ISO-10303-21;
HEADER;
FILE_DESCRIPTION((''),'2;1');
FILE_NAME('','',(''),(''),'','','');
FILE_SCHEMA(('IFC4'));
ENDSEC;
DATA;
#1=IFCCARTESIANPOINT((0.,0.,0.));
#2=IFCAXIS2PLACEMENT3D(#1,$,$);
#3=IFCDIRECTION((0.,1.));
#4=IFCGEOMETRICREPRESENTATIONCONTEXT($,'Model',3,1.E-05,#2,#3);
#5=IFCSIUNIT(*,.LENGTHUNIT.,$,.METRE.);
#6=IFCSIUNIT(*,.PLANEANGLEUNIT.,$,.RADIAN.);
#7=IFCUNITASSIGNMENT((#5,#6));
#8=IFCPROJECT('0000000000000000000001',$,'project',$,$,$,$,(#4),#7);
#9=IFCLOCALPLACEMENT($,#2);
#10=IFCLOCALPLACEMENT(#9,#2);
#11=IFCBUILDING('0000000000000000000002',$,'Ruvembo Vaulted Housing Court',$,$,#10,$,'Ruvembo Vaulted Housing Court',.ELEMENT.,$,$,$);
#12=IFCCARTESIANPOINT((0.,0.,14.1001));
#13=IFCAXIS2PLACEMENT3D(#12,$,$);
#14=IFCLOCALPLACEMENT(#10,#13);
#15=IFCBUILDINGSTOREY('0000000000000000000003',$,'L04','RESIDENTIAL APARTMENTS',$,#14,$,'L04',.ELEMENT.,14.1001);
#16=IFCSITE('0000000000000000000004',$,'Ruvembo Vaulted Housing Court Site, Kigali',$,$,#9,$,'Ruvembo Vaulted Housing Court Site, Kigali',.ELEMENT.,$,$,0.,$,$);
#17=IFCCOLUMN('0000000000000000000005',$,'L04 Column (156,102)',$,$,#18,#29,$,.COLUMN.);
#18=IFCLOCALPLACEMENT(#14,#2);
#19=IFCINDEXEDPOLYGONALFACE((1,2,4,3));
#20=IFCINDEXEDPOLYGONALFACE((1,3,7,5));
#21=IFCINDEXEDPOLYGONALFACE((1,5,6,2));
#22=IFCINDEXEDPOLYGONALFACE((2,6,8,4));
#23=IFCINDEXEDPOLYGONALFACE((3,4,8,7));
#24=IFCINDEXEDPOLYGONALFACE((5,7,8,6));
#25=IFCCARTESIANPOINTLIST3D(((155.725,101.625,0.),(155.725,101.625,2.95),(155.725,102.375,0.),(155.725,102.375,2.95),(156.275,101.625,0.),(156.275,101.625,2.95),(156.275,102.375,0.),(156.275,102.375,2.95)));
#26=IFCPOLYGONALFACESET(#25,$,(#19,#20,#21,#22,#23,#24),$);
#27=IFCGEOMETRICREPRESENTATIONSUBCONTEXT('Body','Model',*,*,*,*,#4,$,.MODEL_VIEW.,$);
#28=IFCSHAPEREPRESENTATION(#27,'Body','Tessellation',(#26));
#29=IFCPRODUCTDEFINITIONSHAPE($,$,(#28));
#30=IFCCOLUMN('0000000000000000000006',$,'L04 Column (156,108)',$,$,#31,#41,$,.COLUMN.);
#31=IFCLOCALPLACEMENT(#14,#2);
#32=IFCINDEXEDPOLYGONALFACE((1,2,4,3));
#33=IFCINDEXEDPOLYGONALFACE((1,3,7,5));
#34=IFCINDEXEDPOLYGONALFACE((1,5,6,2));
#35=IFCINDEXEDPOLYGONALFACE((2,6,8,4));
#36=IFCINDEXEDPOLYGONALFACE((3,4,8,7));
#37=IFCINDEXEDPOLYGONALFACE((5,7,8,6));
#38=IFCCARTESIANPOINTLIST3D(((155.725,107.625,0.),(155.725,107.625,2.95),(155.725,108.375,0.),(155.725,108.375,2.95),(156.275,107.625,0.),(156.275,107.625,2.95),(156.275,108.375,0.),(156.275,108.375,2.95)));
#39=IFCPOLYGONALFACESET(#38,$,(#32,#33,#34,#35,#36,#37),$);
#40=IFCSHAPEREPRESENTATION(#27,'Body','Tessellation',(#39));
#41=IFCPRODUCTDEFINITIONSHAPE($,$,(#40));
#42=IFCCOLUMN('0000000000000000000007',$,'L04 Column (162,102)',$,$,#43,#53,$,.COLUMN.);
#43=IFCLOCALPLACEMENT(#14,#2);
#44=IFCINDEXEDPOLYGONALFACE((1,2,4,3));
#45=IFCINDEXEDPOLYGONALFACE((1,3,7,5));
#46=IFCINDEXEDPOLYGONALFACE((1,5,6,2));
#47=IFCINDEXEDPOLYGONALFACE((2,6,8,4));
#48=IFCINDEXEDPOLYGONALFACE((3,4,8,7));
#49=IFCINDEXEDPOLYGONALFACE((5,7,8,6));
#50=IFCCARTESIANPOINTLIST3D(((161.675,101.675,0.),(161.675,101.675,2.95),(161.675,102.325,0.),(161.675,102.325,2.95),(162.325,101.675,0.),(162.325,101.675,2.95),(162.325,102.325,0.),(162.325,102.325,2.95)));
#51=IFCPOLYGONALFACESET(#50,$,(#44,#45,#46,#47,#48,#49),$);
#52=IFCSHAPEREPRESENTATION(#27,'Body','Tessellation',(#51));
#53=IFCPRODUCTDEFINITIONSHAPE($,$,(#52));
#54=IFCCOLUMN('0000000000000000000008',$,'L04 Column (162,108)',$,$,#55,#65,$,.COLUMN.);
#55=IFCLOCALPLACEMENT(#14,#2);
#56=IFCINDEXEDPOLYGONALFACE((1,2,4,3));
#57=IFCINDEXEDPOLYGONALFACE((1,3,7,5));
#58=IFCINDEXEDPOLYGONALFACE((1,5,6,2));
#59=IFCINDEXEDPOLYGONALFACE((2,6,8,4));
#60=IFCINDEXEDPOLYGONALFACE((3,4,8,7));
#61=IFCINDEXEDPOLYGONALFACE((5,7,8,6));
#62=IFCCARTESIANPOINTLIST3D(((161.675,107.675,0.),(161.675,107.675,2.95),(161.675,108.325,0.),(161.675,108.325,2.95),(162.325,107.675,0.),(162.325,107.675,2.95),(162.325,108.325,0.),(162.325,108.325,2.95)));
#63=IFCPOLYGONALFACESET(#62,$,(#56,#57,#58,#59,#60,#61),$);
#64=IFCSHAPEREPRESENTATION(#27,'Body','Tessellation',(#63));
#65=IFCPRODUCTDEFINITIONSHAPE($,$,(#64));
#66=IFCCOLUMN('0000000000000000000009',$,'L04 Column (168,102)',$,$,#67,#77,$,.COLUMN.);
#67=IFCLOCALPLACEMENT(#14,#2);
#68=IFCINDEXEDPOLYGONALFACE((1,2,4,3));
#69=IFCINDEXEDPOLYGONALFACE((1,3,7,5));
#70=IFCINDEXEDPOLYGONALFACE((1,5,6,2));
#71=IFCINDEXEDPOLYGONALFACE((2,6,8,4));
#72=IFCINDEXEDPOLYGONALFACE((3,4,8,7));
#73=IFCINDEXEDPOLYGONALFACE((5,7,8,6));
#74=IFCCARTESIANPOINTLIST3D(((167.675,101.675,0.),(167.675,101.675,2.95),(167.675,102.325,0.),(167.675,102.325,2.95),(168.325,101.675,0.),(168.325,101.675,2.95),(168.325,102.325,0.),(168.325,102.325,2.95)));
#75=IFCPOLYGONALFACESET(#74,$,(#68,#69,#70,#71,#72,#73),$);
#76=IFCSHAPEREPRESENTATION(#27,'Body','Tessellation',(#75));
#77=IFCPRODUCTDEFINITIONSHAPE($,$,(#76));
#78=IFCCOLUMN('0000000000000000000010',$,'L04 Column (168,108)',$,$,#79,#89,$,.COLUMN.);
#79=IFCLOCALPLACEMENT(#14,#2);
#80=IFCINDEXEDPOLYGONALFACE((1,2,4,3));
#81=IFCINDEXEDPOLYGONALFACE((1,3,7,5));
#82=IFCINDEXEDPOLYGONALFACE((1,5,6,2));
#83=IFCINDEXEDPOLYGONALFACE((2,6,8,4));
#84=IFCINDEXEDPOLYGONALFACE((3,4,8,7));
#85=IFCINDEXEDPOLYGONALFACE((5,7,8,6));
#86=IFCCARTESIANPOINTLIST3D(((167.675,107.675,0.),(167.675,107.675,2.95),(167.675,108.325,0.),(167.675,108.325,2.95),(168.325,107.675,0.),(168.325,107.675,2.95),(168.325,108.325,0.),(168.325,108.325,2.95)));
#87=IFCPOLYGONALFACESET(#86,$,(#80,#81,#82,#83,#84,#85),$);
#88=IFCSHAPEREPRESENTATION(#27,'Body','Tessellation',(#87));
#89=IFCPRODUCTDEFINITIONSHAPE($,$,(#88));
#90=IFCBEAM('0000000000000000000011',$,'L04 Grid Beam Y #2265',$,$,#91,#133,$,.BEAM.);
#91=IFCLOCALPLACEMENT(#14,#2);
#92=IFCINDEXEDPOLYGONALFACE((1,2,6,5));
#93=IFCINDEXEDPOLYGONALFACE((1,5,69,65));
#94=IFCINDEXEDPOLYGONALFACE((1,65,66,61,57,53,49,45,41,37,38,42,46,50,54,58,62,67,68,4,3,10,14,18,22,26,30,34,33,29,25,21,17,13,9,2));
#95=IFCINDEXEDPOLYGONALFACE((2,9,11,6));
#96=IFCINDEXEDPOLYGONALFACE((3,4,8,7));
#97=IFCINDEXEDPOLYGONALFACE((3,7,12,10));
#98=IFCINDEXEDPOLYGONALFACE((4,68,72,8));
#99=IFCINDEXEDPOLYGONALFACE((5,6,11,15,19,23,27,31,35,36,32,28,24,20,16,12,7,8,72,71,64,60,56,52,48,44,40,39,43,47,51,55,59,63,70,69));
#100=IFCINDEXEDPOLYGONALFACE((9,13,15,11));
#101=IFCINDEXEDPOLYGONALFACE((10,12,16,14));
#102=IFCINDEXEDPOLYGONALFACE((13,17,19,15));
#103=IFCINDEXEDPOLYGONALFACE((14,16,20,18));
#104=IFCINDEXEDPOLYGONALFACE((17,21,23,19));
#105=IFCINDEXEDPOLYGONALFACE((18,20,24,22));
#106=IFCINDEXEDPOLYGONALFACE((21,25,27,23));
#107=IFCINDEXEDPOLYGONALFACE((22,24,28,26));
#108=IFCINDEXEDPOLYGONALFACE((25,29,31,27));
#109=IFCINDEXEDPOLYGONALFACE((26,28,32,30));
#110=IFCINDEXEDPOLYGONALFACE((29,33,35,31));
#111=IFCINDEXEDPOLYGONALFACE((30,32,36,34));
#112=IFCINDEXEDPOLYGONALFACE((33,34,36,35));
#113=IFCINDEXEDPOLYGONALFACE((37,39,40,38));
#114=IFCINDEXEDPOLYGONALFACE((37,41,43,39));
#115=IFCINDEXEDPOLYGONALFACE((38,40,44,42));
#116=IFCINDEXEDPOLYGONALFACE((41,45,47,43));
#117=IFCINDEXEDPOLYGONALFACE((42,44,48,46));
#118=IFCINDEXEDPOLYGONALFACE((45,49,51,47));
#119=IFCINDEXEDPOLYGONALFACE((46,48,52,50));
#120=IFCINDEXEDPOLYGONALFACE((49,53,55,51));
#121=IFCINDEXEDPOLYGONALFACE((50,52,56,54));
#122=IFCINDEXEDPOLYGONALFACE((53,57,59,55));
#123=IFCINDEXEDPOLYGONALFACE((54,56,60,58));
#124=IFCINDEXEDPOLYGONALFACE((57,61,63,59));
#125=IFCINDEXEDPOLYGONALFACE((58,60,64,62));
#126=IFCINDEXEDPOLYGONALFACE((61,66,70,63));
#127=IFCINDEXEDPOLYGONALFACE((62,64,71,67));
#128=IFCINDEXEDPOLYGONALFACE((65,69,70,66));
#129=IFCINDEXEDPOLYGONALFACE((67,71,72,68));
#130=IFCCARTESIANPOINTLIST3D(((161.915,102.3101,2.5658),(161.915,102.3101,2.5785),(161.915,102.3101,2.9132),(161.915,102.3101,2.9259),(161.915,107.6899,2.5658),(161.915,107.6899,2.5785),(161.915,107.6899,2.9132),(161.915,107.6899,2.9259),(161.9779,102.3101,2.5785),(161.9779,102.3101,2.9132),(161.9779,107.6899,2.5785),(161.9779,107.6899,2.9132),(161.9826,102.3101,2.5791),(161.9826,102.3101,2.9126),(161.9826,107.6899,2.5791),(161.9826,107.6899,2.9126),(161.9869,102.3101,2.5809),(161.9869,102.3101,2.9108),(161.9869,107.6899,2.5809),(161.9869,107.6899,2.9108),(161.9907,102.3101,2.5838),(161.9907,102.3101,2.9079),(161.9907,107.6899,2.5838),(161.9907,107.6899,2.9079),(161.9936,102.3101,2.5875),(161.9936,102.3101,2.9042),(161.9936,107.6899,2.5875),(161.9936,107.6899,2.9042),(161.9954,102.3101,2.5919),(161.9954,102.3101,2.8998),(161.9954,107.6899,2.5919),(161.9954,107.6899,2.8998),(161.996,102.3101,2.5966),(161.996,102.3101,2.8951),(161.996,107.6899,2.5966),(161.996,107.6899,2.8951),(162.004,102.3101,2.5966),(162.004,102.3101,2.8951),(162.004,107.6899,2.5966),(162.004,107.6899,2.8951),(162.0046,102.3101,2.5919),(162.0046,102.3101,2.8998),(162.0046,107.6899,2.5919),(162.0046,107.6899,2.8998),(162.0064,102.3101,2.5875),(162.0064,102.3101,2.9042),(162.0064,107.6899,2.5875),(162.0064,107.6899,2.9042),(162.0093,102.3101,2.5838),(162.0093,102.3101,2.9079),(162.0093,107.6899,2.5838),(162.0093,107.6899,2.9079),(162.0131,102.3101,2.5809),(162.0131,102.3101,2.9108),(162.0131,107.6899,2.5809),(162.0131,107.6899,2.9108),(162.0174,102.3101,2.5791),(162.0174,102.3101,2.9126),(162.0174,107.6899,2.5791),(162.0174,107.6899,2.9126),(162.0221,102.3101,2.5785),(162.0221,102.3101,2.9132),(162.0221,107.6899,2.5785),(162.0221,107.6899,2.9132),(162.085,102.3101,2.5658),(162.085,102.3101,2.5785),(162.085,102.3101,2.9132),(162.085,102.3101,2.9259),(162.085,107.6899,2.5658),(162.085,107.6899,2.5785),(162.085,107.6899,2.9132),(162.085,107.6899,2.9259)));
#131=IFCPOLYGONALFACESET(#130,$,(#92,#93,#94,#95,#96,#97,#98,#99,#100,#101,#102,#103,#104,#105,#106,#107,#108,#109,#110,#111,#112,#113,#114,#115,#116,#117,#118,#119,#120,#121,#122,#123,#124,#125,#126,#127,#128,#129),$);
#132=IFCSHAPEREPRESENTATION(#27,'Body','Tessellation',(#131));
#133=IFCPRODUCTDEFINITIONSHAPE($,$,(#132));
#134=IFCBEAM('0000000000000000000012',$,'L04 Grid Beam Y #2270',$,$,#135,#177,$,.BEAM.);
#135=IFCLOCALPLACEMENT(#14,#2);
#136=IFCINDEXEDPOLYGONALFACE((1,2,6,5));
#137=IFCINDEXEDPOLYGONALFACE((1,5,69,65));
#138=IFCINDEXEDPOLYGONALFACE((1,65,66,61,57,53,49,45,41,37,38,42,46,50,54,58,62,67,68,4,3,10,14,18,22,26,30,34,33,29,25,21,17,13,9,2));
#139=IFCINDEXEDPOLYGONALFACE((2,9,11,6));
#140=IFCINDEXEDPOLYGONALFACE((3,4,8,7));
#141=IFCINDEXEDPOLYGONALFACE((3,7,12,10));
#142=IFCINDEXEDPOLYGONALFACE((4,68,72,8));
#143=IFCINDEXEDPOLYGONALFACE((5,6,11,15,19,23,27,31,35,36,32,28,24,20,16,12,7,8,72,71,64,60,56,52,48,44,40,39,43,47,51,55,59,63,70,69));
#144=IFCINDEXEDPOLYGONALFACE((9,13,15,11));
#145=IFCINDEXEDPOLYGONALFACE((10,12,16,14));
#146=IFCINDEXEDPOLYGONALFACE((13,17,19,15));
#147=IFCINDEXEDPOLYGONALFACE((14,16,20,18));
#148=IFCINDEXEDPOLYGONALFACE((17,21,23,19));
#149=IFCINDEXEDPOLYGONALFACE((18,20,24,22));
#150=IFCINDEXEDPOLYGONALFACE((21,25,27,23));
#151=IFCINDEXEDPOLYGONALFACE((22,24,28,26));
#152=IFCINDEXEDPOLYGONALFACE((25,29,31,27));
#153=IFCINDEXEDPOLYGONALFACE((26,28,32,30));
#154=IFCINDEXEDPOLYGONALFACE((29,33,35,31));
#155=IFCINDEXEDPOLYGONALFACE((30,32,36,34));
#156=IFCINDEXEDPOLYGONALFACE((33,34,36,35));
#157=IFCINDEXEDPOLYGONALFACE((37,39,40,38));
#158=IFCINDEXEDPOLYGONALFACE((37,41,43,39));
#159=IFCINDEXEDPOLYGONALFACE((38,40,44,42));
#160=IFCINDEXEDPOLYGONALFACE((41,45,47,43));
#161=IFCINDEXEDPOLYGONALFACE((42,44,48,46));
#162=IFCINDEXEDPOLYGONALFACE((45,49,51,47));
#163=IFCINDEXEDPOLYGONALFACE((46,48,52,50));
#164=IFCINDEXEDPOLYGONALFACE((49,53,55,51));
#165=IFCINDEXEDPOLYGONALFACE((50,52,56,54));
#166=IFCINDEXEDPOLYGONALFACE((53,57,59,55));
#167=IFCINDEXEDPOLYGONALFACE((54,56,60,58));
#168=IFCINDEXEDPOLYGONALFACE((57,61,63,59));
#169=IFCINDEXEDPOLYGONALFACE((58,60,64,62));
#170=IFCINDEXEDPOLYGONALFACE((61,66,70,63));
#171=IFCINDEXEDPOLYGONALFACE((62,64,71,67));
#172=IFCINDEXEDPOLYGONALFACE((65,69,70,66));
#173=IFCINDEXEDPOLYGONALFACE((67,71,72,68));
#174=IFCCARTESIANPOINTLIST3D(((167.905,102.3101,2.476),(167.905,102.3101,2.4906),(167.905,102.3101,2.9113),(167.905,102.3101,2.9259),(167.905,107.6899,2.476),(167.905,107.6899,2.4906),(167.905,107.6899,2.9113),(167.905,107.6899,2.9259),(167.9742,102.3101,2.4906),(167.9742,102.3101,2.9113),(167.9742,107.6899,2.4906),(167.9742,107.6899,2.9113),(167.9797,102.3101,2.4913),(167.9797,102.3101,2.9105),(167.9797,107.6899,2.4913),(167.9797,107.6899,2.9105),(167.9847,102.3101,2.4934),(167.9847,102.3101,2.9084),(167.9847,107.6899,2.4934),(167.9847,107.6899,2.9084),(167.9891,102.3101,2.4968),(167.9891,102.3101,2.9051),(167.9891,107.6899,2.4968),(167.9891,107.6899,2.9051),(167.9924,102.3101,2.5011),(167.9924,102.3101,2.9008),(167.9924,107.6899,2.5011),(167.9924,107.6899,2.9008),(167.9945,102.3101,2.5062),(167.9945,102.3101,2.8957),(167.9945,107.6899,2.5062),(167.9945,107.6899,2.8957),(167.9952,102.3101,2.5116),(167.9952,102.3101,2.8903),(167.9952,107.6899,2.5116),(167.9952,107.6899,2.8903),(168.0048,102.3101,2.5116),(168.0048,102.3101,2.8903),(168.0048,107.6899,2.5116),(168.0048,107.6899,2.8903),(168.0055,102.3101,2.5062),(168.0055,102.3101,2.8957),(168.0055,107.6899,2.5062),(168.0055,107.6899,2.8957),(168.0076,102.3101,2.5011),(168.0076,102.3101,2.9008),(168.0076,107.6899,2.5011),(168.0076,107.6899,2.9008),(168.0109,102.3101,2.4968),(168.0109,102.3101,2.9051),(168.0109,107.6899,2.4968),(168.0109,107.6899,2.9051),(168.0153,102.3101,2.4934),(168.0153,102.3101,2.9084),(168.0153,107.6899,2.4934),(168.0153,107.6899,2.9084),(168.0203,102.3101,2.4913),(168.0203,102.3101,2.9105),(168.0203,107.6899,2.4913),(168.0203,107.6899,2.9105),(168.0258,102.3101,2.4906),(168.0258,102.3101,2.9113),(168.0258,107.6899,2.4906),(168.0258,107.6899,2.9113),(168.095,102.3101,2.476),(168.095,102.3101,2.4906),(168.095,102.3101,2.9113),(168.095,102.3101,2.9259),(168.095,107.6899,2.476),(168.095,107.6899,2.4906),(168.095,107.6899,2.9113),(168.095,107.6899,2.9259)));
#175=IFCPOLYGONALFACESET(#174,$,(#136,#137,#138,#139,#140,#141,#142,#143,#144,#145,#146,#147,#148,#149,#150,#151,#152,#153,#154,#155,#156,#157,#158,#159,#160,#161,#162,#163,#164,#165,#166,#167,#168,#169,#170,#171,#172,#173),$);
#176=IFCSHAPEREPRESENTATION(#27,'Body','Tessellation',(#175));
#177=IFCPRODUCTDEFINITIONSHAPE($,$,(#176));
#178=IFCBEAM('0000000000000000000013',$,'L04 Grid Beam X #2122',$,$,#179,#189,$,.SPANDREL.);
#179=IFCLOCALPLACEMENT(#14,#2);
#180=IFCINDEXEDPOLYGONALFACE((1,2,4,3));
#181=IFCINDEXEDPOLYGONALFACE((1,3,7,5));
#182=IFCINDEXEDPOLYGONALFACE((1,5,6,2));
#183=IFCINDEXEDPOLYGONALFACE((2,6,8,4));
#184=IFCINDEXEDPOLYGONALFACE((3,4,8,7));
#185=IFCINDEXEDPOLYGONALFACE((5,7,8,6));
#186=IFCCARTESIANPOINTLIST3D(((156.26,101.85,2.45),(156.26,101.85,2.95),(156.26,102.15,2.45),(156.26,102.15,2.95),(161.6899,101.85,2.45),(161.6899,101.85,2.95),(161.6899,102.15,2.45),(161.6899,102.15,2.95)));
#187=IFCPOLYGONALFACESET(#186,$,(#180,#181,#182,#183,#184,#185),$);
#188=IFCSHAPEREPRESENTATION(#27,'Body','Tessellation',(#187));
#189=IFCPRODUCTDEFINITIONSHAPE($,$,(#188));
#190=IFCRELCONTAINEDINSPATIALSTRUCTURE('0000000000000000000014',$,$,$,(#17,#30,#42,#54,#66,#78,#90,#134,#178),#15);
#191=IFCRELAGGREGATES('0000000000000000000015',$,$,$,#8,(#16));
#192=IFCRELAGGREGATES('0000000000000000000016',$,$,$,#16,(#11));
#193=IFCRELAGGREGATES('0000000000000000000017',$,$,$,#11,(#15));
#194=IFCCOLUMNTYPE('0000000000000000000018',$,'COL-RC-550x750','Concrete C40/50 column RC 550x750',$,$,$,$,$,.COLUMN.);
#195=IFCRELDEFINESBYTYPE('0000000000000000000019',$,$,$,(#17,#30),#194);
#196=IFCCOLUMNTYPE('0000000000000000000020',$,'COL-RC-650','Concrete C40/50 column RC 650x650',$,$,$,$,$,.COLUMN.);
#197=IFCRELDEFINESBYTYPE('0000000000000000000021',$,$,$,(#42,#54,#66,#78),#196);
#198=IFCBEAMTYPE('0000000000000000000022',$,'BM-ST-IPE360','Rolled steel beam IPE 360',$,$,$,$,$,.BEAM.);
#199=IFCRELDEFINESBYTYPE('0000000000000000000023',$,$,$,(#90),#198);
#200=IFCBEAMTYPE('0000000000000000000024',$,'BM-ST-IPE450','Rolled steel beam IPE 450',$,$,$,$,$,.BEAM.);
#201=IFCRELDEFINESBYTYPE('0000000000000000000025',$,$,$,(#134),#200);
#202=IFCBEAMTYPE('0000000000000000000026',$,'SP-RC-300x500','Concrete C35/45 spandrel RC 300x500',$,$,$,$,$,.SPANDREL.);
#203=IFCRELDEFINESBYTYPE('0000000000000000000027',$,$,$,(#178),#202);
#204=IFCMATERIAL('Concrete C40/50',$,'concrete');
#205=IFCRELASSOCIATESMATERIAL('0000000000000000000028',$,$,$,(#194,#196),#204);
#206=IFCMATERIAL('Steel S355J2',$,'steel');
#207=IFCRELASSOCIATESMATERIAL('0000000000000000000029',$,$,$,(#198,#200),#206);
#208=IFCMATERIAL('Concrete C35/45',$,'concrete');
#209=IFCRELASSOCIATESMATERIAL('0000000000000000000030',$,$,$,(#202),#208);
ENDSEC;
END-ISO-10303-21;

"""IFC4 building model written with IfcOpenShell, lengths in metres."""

from ifc_helpers import new_model, si_unit, direction, frame, origin, origin_2d, place, context, subcontext, project, spatial, rectangle, i_section, extrude, material, material_profile, profile_set, type_object, element, save


model = new_model("IFC4")

# Units and contexts
model_context = context("Model", 3, precision=1e-05, world=origin(), true_north=direction((0.0, 1.0)))
body_context = subcontext(model_context, "Body", "Model", "MODEL_VIEW")
ifc_project = project(units=[si_unit("LENGTHUNIT", "METRE"), si_unit("PLANEANGLEUNIT", "RADIAN")], contexts=[model_context])

# Site, building, storey
site_placement = place(None, origin())
site = spatial("IfcSite", under=ifc_project, at=site_placement, Name="Ruvembo Vaulted Housing Court Site, Kigali", LongName="Ruvembo Vaulted Housing Court Site, Kigali", CompositionType="ELEMENT", RefElevation=0.0)
building_placement = place(site_placement, origin())
building = spatial("IfcBuilding", under=site, at=building_placement, Name="Ruvembo Vaulted Housing Court", LongName="Ruvembo Vaulted Housing Court", CompositionType="ELEMENT")
storey_placement = place(building_placement, frame((0.0, 0.0, 14.1001)))
storey = spatial("IfcBuildingStorey", under=building, at=storey_placement, Name="L04", Description="RESIDENTIAL APARTMENTS", LongName="L04", CompositionType="ELEMENT", Elevation=14.1001)

# Columns
ifc_material_1 = material(Name="Concrete C40/50", Category="concrete")
ifc_material_profile_1 = material_profile(ifc_material_1, rectangle(XDim=0.55, YDim=0.75, at=origin_2d()), Name="RC 550x750")
ifc_profile_set_1 = profile_set([ifc_material_profile_1], Name="Concrete C40/50")
column_type_1 = type_object("IfcColumnType", Name="COL-RC-550x750", Description="Concrete C40/50 column RC 550x750", PredefinedType="COLUMN", material=ifc_profile_set_1)
for number, where, z_axis, x_axis, name in (
    (1, (156.0, 102.0, 0.0), (0.0, 0.0, 1.0), (1.0, 0.0, 0.0), "L04 Column (156,102)"),
    (2, (156.0, 108.0, 0.0), (0.0, 0.0, 1.0), (1.0, 0.0, 0.0), "L04 Column (156,108)"),
):
    element("IfcColumn", number, at=place(storey_placement, frame(where, z_axis=z_axis, x_axis=x_axis)), inside=storey, type_object=column_type_1, Name=name, PredefinedType="COLUMN", context=body_context, shape_type="SweptSolid", body=[
        extrude(rectangle(XDim=0.55, YDim=0.75, at=origin_2d()), origin(), (0.0, 0.0, 1.0), 2.95),
    ])
ifc_material_profile_2 = material_profile(ifc_material_1, rectangle(XDim=0.6499, YDim=0.6499, at=origin_2d()), Name="RC 650x650")
ifc_profile_set_2 = profile_set([ifc_material_profile_2], Name="Concrete C40/50")
column_type_2 = type_object("IfcColumnType", Name="COL-RC-650", Description="Concrete C40/50 column RC 650x650", PredefinedType="COLUMN", material=ifc_profile_set_2)
for number, where, z_axis, x_axis, name in (
    (3, (162.0, 102.0, 0.0), (0.0, 0.0, 1.0), (1.0, 0.0, 0.0), "L04 Column (162,102)"),
    (4, (162.0, 108.0, 0.0), (0.0, 0.0, 1.0), (1.0, 0.0, 0.0), "L04 Column (162,108)"),
    (5, (168.0, 102.0, 0.0), (0.0, 0.0, 1.0), (1.0, 0.0, 0.0), "L04 Column (168,102)"),
    (6, (168.0, 108.0, 0.0), (0.0, 0.0, 1.0), (1.0, 0.0, 0.0), "L04 Column (168,108)"),
):
    element("IfcColumn", number, at=place(storey_placement, frame(where, z_axis=z_axis, x_axis=x_axis)), inside=storey, type_object=column_type_2, Name=name, PredefinedType="COLUMN", context=body_context, shape_type="SweptSolid", body=[
        extrude(rectangle(XDim=0.6499, YDim=0.6499, at=origin_2d()), origin(), (0.0, 0.0, 1.0), 2.95),
    ])

# Beams
ifc_material_2 = material(Name="Steel S355J2", Category="steel")
ifc_material_profile_3 = material_profile(ifc_material_2, i_section(OverallWidth=0.1699, OverallDepth=0.3601, WebThickness=0.0081, FlangeThickness=0.0127, FilletRadius=0.0181, at=origin_2d()), Name="IPE 360")
ifc_profile_set_3 = profile_set([ifc_material_profile_3], Name="Steel S355J2")
beam_type_1 = type_object("IfcBeamType", Name="BM-ST-IPE360", Description="Rolled steel beam IPE 360", PredefinedType="BEAM", material=ifc_profile_set_3)
beam_1_placement = place(storey_placement, frame((162.0, 102.3101, 2.7458), z_axis=(0.0, 1.0, 0.0), x_axis=(-1.0, 0.0, 0.0)))
element("IfcBeam", 7, at=beam_1_placement, inside=storey, type_object=beam_type_1, Name="L04 Grid Beam Y #2265", PredefinedType="BEAM", context=body_context, shape_type="SweptSolid", body=[
    extrude(i_section(OverallWidth=0.1699, OverallDepth=0.3601, WebThickness=0.0081, FlangeThickness=0.0127, FilletRadius=0.0181, at=origin_2d()), origin(), (0.0, 0.0, 1.0), 5.3799),
])
ifc_material_profile_4 = material_profile(ifc_material_2, i_section(OverallWidth=0.1899, OverallDepth=0.45, WebThickness=0.0095, FlangeThickness=0.0146, FilletRadius=0.021, at=origin_2d()), Name="IPE 450")
ifc_profile_set_4 = profile_set([ifc_material_profile_4], Name="Steel S355J2")
beam_type_2 = type_object("IfcBeamType", Name="BM-ST-IPE450", Description="Rolled steel beam IPE 450", PredefinedType="BEAM", material=ifc_profile_set_4)
beam_2_placement = place(storey_placement, frame((168.0, 102.3101, 2.7009), z_axis=(0.0, 1.0, 0.0), x_axis=(-1.0, 0.0, 0.0)))
element("IfcBeam", 8, at=beam_2_placement, inside=storey, type_object=beam_type_2, Name="L04 Grid Beam Y #2270", PredefinedType="BEAM", context=body_context, shape_type="SweptSolid", body=[
    extrude(i_section(OverallWidth=0.1899, OverallDepth=0.45, WebThickness=0.0095, FlangeThickness=0.0146, FilletRadius=0.021, at=origin_2d()), origin(), (0.0, 0.0, 1.0), 5.3799),
])
ifc_material_3 = material(Name="Concrete C35/45", Category="concrete")
ifc_material_profile_5 = material_profile(ifc_material_3, rectangle(XDim=0.3, YDim=0.5, at=origin_2d()), Name="RC 300x500")
ifc_profile_set_5 = profile_set([ifc_material_profile_5], Name="Concrete C35/45")
beam_type_3 = type_object("IfcBeamType", Name="SP-RC-300x500", Description="Concrete C35/45 spandrel RC 300x500", PredefinedType="SPANDREL", material=ifc_profile_set_5)
beam_3_placement = place(storey_placement, frame((156.26, 102.0, 2.7), z_axis=(1.0, 0.0, 0.0), x_axis=(0.0, 1.0, 0.0)))
element("IfcBeam", 9, at=beam_3_placement, inside=storey, type_object=beam_type_3, Name="L04 Grid Beam X #2122", PredefinedType="SPANDREL", context=body_context, shape_type="SweptSolid", body=[
    extrude(rectangle(XDim=0.3, YDim=0.5, at=origin_2d()), origin(), (0.0, 0.0, 1.0), 5.4299),
])

save(model, "model.ifc")
